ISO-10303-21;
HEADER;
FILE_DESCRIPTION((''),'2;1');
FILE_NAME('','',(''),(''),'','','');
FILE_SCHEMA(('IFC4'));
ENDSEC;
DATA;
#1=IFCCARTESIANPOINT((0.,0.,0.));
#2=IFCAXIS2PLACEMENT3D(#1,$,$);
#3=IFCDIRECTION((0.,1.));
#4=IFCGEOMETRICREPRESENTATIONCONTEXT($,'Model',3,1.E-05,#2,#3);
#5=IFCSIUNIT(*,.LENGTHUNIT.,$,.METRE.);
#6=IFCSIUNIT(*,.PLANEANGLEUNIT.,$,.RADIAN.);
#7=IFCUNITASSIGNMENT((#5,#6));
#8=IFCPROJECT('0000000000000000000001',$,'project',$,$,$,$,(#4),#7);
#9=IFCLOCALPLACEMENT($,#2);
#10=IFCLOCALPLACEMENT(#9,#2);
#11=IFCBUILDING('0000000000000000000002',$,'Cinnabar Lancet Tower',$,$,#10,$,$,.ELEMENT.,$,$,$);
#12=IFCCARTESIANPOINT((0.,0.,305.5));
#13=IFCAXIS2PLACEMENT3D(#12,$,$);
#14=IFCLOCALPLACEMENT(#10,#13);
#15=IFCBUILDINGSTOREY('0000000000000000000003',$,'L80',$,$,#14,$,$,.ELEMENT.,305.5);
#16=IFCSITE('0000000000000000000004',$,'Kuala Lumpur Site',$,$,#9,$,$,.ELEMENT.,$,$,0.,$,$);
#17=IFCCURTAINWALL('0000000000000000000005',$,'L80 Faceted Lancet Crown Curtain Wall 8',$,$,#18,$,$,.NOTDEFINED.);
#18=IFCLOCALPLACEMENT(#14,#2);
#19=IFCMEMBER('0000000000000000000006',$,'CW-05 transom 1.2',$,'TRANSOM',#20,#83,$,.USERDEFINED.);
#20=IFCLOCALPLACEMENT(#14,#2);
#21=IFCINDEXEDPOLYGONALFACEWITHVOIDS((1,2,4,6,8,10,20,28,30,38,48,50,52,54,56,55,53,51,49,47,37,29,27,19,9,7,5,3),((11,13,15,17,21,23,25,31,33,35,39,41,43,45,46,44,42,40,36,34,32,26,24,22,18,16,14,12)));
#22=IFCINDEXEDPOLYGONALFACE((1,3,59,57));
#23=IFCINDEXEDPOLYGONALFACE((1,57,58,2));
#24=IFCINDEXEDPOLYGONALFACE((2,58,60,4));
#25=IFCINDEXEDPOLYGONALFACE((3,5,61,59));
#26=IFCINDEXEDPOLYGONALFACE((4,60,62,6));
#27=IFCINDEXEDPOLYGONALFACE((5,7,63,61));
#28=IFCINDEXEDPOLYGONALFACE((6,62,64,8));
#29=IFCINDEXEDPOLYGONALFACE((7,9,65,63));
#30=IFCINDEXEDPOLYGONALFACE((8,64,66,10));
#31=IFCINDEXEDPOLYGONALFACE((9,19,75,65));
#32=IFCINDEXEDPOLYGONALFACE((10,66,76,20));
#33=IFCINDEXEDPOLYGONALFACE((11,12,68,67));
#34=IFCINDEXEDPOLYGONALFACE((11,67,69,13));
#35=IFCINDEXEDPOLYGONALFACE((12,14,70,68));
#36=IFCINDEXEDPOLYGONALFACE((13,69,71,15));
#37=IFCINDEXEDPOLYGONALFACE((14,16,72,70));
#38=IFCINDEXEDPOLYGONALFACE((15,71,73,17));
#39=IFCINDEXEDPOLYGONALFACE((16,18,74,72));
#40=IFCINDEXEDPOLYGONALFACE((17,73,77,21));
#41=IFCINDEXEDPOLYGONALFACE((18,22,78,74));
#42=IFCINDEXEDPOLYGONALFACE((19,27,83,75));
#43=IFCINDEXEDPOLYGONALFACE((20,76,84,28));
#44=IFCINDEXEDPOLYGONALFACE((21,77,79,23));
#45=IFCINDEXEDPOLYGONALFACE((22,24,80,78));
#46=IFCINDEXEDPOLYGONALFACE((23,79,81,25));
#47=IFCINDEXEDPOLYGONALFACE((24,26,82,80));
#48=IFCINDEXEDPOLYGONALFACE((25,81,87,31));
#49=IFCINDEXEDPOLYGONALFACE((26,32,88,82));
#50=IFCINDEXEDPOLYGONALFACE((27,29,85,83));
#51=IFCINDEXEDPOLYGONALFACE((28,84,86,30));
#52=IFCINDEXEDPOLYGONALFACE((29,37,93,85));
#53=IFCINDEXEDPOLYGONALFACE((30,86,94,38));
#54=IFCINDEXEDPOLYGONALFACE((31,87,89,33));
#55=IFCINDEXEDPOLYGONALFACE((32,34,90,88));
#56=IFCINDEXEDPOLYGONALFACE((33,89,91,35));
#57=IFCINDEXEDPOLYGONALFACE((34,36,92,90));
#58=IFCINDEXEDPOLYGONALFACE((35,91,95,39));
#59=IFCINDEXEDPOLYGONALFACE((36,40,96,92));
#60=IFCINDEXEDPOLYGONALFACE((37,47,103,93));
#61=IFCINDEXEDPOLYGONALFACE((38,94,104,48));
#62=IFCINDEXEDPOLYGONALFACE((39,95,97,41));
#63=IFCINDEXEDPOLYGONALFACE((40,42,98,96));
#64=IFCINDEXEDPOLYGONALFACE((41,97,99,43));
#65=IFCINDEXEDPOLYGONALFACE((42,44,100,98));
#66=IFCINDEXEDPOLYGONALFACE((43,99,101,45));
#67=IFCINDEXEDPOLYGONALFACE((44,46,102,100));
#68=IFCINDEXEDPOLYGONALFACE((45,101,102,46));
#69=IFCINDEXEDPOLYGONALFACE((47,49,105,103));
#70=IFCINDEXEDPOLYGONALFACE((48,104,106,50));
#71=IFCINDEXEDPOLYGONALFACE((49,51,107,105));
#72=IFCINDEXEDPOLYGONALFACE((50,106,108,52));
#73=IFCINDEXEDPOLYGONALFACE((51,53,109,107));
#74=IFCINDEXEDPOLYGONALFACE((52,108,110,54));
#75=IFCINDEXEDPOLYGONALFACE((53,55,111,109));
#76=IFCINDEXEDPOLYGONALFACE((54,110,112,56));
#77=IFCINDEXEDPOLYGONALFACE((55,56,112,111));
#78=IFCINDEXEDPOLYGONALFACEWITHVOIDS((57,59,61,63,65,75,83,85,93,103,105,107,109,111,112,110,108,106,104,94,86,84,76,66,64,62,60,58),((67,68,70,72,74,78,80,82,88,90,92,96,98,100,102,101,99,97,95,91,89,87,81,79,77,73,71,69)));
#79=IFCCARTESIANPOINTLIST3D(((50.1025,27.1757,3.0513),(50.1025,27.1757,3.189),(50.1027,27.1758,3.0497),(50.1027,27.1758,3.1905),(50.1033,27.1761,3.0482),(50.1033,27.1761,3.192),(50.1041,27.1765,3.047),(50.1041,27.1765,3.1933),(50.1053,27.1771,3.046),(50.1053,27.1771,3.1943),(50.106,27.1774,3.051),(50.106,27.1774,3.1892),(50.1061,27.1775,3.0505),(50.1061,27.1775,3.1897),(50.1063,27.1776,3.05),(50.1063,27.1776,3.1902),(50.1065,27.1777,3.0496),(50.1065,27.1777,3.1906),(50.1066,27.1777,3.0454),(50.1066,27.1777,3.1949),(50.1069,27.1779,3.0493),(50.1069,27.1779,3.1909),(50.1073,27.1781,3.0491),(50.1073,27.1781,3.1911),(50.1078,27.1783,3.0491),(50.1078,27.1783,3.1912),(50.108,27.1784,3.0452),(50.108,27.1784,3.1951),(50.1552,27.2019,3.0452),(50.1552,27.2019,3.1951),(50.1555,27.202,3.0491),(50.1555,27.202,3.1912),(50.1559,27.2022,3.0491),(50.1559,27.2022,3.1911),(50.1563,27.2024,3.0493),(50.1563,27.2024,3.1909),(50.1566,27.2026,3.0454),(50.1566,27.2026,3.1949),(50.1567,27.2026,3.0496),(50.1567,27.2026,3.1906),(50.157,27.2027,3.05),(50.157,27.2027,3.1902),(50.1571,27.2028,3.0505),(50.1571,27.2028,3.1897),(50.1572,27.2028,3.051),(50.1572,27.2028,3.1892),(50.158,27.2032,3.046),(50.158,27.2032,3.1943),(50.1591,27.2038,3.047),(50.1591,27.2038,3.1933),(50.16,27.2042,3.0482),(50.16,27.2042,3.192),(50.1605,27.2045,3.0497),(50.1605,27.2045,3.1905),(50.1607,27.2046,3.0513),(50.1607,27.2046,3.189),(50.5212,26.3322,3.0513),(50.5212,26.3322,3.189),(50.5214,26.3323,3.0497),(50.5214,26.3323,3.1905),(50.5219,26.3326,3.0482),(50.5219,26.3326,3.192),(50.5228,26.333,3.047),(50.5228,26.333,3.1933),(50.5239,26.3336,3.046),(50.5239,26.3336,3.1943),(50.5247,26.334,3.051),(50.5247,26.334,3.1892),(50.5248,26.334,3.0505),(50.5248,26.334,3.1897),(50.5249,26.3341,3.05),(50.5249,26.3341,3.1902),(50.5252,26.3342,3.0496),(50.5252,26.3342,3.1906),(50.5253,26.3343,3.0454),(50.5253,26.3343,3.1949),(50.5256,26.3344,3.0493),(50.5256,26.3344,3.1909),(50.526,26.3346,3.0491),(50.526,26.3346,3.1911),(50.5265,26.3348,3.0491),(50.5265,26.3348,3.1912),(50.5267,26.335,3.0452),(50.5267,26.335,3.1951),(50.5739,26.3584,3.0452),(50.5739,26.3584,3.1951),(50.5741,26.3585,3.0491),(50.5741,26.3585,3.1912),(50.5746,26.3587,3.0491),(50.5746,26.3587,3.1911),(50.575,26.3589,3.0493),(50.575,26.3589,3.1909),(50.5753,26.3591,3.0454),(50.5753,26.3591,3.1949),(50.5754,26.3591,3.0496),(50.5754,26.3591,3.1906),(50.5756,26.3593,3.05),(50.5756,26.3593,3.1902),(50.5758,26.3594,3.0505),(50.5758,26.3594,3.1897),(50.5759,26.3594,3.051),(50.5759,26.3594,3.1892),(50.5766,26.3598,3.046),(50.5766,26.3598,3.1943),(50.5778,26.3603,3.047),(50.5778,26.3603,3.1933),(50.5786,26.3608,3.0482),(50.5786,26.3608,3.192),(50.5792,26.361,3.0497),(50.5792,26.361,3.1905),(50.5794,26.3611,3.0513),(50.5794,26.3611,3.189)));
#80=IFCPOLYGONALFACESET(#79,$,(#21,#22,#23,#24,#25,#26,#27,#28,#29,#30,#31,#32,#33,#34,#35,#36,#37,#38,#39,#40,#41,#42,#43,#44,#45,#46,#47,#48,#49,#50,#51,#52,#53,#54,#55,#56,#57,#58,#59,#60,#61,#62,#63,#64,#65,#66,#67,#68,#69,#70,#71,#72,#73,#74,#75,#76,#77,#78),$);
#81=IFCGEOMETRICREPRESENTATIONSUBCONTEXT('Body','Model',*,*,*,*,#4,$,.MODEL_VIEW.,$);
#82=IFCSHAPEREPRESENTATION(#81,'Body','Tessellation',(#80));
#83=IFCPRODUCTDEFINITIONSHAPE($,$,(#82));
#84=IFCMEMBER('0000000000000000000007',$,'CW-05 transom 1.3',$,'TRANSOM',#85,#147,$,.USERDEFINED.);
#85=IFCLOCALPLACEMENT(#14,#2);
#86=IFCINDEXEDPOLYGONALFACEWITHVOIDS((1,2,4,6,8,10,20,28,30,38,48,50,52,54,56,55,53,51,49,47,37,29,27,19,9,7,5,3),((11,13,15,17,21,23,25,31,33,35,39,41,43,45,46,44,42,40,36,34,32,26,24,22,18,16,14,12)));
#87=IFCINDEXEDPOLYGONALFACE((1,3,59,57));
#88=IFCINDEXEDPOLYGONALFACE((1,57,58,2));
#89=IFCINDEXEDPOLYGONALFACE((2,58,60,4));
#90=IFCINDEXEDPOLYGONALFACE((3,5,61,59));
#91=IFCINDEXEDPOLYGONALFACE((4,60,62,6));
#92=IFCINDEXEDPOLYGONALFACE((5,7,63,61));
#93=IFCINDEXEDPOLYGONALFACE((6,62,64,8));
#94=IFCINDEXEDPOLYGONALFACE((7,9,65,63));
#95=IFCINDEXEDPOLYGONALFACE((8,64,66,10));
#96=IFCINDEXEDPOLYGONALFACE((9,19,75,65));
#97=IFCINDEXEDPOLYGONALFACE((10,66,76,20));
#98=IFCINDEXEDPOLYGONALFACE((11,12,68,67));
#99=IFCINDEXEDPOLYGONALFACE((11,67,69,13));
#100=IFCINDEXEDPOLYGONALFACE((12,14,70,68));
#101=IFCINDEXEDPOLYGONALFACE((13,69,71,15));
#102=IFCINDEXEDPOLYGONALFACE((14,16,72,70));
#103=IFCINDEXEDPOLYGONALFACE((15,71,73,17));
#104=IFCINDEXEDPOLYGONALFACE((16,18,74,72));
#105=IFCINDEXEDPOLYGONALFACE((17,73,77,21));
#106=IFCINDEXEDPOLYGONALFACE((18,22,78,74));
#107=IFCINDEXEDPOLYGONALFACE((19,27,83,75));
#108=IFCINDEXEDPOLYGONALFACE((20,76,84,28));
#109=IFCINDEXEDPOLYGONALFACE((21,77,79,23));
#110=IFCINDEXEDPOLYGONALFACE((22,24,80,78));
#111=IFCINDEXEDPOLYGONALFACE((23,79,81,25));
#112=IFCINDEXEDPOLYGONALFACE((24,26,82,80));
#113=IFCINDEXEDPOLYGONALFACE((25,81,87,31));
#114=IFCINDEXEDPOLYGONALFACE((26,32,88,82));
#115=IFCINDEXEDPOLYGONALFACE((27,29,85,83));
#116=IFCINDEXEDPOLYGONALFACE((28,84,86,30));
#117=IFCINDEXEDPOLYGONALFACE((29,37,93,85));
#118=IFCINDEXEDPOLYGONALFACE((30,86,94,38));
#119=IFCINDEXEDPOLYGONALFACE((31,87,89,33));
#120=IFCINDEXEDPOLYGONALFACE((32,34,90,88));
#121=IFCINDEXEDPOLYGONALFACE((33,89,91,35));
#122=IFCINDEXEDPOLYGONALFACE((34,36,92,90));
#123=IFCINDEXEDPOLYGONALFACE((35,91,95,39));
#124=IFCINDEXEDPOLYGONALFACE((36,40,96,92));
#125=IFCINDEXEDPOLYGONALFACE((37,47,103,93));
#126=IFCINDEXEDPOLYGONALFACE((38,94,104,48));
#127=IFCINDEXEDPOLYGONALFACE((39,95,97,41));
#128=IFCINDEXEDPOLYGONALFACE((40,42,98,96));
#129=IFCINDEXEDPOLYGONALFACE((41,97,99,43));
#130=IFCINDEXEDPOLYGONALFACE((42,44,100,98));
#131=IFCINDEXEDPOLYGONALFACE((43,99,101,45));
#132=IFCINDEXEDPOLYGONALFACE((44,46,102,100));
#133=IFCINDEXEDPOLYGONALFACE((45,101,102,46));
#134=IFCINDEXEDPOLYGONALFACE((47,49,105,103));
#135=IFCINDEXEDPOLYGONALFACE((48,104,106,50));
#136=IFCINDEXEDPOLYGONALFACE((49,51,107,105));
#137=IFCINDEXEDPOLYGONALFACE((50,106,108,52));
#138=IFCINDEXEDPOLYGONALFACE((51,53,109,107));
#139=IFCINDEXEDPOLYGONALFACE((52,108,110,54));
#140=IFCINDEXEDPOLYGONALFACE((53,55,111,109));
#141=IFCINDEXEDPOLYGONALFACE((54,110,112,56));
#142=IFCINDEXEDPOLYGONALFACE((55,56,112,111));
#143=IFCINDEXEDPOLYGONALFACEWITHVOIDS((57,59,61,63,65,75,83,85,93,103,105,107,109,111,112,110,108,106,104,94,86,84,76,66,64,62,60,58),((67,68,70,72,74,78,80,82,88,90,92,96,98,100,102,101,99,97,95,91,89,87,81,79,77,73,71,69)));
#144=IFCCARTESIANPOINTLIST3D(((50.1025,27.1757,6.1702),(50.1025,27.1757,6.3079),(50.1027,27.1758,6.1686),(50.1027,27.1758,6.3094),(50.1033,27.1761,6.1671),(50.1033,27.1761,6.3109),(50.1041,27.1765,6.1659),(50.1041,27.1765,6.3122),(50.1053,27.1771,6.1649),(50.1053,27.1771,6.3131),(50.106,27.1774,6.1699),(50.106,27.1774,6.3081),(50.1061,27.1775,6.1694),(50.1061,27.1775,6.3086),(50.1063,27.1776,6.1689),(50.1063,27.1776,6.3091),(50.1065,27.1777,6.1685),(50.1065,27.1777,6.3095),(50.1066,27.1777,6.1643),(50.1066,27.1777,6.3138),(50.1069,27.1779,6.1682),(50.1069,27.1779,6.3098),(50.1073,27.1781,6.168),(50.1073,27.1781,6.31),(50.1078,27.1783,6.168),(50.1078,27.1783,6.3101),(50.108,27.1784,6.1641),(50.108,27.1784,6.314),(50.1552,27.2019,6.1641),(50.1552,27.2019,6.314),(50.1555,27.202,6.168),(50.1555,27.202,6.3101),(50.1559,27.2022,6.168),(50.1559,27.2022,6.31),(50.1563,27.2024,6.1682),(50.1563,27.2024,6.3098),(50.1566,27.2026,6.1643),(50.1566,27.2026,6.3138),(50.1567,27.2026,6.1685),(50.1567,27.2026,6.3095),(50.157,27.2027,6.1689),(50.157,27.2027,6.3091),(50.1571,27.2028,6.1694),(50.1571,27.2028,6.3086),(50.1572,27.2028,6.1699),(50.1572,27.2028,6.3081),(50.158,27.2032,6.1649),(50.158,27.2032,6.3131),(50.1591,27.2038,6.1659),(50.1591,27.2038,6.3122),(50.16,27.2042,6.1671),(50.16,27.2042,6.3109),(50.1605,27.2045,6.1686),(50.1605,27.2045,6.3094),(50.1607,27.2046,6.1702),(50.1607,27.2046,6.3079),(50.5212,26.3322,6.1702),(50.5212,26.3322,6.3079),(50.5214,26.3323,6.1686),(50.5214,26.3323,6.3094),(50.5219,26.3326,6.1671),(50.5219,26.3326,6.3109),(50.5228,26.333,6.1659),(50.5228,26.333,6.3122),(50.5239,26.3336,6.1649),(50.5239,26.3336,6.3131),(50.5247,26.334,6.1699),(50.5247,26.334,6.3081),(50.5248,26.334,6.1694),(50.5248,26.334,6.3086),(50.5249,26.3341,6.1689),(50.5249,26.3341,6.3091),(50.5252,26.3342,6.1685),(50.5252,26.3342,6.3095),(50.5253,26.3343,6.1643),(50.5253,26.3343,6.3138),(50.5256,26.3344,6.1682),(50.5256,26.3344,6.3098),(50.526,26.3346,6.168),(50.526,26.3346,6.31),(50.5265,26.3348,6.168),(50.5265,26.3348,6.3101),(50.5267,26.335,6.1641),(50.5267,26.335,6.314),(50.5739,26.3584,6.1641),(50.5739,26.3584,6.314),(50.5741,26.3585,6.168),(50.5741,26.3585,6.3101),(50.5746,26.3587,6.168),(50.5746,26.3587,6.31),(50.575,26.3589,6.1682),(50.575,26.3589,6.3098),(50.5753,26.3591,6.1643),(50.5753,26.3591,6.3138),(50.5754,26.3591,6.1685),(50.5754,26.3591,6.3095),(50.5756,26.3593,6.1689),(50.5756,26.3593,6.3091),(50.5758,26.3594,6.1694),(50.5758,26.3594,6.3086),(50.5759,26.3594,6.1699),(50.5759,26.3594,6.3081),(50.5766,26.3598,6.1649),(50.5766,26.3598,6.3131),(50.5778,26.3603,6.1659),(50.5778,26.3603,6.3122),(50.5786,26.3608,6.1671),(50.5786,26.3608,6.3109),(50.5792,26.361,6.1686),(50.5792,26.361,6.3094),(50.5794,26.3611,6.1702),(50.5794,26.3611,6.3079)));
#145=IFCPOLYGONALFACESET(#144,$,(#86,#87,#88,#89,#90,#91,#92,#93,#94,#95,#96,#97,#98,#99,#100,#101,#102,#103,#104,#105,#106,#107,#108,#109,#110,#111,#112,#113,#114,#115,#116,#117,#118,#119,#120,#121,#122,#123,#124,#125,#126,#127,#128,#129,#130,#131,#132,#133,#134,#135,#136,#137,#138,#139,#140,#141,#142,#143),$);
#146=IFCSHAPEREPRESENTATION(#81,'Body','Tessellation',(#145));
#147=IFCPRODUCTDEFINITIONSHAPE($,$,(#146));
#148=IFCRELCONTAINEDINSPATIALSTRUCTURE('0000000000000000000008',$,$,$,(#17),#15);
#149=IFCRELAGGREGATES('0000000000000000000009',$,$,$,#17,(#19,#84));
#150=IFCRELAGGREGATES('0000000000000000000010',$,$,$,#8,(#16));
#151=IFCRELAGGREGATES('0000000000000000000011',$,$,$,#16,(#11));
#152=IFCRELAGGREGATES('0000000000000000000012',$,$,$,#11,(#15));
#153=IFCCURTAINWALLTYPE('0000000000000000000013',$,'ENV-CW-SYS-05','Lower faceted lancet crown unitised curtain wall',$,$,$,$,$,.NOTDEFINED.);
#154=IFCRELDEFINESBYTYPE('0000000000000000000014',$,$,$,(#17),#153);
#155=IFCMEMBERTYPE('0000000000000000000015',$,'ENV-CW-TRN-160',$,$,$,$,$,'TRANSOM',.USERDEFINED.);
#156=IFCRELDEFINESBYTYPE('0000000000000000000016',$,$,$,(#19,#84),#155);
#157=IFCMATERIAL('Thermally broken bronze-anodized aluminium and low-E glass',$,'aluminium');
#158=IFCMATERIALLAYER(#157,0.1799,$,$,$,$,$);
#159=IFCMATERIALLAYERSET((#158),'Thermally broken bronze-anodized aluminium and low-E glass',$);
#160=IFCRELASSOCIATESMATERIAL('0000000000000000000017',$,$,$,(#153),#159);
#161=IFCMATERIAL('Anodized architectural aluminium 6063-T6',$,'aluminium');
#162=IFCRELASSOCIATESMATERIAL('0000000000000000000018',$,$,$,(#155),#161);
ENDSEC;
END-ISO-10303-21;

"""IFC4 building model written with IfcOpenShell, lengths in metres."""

from ifc_helpers import new_model, si_unit, direction, frame, origin, origin_2d, place, context, subcontext, project, spatial, hollow_rectangle, extrude, material, layer, layer_set, material_profile, profile_set, type_object, element, aggregate, save


model = new_model("IFC4")

# Units and contexts
model_context = context("Model", 3, precision=1e-05, world=origin(), true_north=direction((0.0, 1.0)))
body_context = subcontext(model_context, "Body", "Model", "MODEL_VIEW")
ifc_project = project(units=[si_unit("LENGTHUNIT", "METRE"), si_unit("PLANEANGLEUNIT", "RADIAN")], contexts=[model_context])

# Site, building, storey
site_placement = place(None, origin())
site = spatial("IfcSite", under=ifc_project, at=site_placement, Name="Kuala Lumpur Site", CompositionType="ELEMENT", RefElevation=0.0)
building_placement = place(site_placement, origin())
building = spatial("IfcBuilding", under=site, at=building_placement, Name="Cinnabar Lancet Tower", CompositionType="ELEMENT")
storey_placement = place(building_placement, frame((0.0, 0.0, 305.5)))
storey = spatial("IfcBuildingStorey", under=building, at=storey_placement, Name="L80", CompositionType="ELEMENT", Elevation=305.5)

# Shared definitions
ifc_material_1 = material(Name="Thermally broken bronze-anodized aluminium and low-E glass", Category="aluminium")
ifc_layer_1 = layer(ifc_material_1, 0.1799)
ifc_layer_set_1 = layer_set([ifc_layer_1], Name="Thermally broken bronze-anodized aluminium and low-E glass")
curtain_wall_type = type_object("IfcCurtainWallType", Name="ENV-CW-SYS-05", Description="Lower faceted lancet crown unitised curtain wall", PredefinedType="NOTDEFINED", material=ifc_layer_set_1)

# Curtain wall
curtain_wall_1_placement = place(storey_placement, origin())
curtain_wall_1 = element("IfcCurtainWall", 1, at=curtain_wall_1_placement, inside=storey, type_object=curtain_wall_type, Name="L80 Faceted Lancet Crown Curtain Wall 8", PredefinedType="NOTDEFINED")

# Members
ifc_material_2 = material(Name="Anodized architectural aluminium 6063-T6", Category="aluminium")
ifc_material_profile_1 = material_profile(ifc_material_2, hollow_rectangle(XDim=0.0649, YDim=0.1499, WallThickness=0.0039, InnerFilletRadius=0.002, OuterFilletRadius=0.0061, at=origin_2d()), Name="CW-TRN 150x65x4")
ifc_profile_set_1 = profile_set([ifc_material_profile_1], Name="Anodized architectural aluminium 6063-T6")
member_type_1 = type_object("IfcMemberType", Name="ENV-CW-TRN-160", ElementType="TRANSOM", PredefinedType="USERDEFINED", material=ifc_profile_set_1)
member_1_placement = place(storey_placement, frame((50.5503, 26.3467, 3.1201), z_axis=(-0.444619, 0.89572, 0.0), x_axis=(-0.89572, -0.444619, 0.0)))
member_1 = element("IfcMember", 2, at=member_1_placement, type_object=member_type_1, Name="CW-05 transom 1.2", ObjectType="TRANSOM", PredefinedType="USERDEFINED", context=body_context, shape_type="SweptSolid", body=[
    extrude(hollow_rectangle(XDim=0.0649, YDim=0.1499, WallThickness=0.0039, InnerFilletRadius=0.002, OuterFilletRadius=0.0061, at=origin_2d()), origin(), (0.0, 0.0, 1.0), 0.9417),
])
member_2_placement = place(storey_placement, frame((50.5503, 26.3467, 6.239), z_axis=(-0.444619, 0.89572, 0.0), x_axis=(-0.89572, -0.444619, 0.0)))
member_2 = element("IfcMember", 3, at=member_2_placement, type_object=member_type_1, Name="CW-05 transom 1.3", ObjectType="TRANSOM", PredefinedType="USERDEFINED", context=body_context, shape_type="SweptSolid", body=[
    extrude(hollow_rectangle(XDim=0.0649, YDim=0.1499, WallThickness=0.0039, InnerFilletRadius=0.002, OuterFilletRadius=0.0061, at=origin_2d()), origin(), (0.0, 0.0, 1.0), 0.9417),
])

aggregate(curtain_wall_1, [member_1, member_2])

save(model, "model.ifc")
